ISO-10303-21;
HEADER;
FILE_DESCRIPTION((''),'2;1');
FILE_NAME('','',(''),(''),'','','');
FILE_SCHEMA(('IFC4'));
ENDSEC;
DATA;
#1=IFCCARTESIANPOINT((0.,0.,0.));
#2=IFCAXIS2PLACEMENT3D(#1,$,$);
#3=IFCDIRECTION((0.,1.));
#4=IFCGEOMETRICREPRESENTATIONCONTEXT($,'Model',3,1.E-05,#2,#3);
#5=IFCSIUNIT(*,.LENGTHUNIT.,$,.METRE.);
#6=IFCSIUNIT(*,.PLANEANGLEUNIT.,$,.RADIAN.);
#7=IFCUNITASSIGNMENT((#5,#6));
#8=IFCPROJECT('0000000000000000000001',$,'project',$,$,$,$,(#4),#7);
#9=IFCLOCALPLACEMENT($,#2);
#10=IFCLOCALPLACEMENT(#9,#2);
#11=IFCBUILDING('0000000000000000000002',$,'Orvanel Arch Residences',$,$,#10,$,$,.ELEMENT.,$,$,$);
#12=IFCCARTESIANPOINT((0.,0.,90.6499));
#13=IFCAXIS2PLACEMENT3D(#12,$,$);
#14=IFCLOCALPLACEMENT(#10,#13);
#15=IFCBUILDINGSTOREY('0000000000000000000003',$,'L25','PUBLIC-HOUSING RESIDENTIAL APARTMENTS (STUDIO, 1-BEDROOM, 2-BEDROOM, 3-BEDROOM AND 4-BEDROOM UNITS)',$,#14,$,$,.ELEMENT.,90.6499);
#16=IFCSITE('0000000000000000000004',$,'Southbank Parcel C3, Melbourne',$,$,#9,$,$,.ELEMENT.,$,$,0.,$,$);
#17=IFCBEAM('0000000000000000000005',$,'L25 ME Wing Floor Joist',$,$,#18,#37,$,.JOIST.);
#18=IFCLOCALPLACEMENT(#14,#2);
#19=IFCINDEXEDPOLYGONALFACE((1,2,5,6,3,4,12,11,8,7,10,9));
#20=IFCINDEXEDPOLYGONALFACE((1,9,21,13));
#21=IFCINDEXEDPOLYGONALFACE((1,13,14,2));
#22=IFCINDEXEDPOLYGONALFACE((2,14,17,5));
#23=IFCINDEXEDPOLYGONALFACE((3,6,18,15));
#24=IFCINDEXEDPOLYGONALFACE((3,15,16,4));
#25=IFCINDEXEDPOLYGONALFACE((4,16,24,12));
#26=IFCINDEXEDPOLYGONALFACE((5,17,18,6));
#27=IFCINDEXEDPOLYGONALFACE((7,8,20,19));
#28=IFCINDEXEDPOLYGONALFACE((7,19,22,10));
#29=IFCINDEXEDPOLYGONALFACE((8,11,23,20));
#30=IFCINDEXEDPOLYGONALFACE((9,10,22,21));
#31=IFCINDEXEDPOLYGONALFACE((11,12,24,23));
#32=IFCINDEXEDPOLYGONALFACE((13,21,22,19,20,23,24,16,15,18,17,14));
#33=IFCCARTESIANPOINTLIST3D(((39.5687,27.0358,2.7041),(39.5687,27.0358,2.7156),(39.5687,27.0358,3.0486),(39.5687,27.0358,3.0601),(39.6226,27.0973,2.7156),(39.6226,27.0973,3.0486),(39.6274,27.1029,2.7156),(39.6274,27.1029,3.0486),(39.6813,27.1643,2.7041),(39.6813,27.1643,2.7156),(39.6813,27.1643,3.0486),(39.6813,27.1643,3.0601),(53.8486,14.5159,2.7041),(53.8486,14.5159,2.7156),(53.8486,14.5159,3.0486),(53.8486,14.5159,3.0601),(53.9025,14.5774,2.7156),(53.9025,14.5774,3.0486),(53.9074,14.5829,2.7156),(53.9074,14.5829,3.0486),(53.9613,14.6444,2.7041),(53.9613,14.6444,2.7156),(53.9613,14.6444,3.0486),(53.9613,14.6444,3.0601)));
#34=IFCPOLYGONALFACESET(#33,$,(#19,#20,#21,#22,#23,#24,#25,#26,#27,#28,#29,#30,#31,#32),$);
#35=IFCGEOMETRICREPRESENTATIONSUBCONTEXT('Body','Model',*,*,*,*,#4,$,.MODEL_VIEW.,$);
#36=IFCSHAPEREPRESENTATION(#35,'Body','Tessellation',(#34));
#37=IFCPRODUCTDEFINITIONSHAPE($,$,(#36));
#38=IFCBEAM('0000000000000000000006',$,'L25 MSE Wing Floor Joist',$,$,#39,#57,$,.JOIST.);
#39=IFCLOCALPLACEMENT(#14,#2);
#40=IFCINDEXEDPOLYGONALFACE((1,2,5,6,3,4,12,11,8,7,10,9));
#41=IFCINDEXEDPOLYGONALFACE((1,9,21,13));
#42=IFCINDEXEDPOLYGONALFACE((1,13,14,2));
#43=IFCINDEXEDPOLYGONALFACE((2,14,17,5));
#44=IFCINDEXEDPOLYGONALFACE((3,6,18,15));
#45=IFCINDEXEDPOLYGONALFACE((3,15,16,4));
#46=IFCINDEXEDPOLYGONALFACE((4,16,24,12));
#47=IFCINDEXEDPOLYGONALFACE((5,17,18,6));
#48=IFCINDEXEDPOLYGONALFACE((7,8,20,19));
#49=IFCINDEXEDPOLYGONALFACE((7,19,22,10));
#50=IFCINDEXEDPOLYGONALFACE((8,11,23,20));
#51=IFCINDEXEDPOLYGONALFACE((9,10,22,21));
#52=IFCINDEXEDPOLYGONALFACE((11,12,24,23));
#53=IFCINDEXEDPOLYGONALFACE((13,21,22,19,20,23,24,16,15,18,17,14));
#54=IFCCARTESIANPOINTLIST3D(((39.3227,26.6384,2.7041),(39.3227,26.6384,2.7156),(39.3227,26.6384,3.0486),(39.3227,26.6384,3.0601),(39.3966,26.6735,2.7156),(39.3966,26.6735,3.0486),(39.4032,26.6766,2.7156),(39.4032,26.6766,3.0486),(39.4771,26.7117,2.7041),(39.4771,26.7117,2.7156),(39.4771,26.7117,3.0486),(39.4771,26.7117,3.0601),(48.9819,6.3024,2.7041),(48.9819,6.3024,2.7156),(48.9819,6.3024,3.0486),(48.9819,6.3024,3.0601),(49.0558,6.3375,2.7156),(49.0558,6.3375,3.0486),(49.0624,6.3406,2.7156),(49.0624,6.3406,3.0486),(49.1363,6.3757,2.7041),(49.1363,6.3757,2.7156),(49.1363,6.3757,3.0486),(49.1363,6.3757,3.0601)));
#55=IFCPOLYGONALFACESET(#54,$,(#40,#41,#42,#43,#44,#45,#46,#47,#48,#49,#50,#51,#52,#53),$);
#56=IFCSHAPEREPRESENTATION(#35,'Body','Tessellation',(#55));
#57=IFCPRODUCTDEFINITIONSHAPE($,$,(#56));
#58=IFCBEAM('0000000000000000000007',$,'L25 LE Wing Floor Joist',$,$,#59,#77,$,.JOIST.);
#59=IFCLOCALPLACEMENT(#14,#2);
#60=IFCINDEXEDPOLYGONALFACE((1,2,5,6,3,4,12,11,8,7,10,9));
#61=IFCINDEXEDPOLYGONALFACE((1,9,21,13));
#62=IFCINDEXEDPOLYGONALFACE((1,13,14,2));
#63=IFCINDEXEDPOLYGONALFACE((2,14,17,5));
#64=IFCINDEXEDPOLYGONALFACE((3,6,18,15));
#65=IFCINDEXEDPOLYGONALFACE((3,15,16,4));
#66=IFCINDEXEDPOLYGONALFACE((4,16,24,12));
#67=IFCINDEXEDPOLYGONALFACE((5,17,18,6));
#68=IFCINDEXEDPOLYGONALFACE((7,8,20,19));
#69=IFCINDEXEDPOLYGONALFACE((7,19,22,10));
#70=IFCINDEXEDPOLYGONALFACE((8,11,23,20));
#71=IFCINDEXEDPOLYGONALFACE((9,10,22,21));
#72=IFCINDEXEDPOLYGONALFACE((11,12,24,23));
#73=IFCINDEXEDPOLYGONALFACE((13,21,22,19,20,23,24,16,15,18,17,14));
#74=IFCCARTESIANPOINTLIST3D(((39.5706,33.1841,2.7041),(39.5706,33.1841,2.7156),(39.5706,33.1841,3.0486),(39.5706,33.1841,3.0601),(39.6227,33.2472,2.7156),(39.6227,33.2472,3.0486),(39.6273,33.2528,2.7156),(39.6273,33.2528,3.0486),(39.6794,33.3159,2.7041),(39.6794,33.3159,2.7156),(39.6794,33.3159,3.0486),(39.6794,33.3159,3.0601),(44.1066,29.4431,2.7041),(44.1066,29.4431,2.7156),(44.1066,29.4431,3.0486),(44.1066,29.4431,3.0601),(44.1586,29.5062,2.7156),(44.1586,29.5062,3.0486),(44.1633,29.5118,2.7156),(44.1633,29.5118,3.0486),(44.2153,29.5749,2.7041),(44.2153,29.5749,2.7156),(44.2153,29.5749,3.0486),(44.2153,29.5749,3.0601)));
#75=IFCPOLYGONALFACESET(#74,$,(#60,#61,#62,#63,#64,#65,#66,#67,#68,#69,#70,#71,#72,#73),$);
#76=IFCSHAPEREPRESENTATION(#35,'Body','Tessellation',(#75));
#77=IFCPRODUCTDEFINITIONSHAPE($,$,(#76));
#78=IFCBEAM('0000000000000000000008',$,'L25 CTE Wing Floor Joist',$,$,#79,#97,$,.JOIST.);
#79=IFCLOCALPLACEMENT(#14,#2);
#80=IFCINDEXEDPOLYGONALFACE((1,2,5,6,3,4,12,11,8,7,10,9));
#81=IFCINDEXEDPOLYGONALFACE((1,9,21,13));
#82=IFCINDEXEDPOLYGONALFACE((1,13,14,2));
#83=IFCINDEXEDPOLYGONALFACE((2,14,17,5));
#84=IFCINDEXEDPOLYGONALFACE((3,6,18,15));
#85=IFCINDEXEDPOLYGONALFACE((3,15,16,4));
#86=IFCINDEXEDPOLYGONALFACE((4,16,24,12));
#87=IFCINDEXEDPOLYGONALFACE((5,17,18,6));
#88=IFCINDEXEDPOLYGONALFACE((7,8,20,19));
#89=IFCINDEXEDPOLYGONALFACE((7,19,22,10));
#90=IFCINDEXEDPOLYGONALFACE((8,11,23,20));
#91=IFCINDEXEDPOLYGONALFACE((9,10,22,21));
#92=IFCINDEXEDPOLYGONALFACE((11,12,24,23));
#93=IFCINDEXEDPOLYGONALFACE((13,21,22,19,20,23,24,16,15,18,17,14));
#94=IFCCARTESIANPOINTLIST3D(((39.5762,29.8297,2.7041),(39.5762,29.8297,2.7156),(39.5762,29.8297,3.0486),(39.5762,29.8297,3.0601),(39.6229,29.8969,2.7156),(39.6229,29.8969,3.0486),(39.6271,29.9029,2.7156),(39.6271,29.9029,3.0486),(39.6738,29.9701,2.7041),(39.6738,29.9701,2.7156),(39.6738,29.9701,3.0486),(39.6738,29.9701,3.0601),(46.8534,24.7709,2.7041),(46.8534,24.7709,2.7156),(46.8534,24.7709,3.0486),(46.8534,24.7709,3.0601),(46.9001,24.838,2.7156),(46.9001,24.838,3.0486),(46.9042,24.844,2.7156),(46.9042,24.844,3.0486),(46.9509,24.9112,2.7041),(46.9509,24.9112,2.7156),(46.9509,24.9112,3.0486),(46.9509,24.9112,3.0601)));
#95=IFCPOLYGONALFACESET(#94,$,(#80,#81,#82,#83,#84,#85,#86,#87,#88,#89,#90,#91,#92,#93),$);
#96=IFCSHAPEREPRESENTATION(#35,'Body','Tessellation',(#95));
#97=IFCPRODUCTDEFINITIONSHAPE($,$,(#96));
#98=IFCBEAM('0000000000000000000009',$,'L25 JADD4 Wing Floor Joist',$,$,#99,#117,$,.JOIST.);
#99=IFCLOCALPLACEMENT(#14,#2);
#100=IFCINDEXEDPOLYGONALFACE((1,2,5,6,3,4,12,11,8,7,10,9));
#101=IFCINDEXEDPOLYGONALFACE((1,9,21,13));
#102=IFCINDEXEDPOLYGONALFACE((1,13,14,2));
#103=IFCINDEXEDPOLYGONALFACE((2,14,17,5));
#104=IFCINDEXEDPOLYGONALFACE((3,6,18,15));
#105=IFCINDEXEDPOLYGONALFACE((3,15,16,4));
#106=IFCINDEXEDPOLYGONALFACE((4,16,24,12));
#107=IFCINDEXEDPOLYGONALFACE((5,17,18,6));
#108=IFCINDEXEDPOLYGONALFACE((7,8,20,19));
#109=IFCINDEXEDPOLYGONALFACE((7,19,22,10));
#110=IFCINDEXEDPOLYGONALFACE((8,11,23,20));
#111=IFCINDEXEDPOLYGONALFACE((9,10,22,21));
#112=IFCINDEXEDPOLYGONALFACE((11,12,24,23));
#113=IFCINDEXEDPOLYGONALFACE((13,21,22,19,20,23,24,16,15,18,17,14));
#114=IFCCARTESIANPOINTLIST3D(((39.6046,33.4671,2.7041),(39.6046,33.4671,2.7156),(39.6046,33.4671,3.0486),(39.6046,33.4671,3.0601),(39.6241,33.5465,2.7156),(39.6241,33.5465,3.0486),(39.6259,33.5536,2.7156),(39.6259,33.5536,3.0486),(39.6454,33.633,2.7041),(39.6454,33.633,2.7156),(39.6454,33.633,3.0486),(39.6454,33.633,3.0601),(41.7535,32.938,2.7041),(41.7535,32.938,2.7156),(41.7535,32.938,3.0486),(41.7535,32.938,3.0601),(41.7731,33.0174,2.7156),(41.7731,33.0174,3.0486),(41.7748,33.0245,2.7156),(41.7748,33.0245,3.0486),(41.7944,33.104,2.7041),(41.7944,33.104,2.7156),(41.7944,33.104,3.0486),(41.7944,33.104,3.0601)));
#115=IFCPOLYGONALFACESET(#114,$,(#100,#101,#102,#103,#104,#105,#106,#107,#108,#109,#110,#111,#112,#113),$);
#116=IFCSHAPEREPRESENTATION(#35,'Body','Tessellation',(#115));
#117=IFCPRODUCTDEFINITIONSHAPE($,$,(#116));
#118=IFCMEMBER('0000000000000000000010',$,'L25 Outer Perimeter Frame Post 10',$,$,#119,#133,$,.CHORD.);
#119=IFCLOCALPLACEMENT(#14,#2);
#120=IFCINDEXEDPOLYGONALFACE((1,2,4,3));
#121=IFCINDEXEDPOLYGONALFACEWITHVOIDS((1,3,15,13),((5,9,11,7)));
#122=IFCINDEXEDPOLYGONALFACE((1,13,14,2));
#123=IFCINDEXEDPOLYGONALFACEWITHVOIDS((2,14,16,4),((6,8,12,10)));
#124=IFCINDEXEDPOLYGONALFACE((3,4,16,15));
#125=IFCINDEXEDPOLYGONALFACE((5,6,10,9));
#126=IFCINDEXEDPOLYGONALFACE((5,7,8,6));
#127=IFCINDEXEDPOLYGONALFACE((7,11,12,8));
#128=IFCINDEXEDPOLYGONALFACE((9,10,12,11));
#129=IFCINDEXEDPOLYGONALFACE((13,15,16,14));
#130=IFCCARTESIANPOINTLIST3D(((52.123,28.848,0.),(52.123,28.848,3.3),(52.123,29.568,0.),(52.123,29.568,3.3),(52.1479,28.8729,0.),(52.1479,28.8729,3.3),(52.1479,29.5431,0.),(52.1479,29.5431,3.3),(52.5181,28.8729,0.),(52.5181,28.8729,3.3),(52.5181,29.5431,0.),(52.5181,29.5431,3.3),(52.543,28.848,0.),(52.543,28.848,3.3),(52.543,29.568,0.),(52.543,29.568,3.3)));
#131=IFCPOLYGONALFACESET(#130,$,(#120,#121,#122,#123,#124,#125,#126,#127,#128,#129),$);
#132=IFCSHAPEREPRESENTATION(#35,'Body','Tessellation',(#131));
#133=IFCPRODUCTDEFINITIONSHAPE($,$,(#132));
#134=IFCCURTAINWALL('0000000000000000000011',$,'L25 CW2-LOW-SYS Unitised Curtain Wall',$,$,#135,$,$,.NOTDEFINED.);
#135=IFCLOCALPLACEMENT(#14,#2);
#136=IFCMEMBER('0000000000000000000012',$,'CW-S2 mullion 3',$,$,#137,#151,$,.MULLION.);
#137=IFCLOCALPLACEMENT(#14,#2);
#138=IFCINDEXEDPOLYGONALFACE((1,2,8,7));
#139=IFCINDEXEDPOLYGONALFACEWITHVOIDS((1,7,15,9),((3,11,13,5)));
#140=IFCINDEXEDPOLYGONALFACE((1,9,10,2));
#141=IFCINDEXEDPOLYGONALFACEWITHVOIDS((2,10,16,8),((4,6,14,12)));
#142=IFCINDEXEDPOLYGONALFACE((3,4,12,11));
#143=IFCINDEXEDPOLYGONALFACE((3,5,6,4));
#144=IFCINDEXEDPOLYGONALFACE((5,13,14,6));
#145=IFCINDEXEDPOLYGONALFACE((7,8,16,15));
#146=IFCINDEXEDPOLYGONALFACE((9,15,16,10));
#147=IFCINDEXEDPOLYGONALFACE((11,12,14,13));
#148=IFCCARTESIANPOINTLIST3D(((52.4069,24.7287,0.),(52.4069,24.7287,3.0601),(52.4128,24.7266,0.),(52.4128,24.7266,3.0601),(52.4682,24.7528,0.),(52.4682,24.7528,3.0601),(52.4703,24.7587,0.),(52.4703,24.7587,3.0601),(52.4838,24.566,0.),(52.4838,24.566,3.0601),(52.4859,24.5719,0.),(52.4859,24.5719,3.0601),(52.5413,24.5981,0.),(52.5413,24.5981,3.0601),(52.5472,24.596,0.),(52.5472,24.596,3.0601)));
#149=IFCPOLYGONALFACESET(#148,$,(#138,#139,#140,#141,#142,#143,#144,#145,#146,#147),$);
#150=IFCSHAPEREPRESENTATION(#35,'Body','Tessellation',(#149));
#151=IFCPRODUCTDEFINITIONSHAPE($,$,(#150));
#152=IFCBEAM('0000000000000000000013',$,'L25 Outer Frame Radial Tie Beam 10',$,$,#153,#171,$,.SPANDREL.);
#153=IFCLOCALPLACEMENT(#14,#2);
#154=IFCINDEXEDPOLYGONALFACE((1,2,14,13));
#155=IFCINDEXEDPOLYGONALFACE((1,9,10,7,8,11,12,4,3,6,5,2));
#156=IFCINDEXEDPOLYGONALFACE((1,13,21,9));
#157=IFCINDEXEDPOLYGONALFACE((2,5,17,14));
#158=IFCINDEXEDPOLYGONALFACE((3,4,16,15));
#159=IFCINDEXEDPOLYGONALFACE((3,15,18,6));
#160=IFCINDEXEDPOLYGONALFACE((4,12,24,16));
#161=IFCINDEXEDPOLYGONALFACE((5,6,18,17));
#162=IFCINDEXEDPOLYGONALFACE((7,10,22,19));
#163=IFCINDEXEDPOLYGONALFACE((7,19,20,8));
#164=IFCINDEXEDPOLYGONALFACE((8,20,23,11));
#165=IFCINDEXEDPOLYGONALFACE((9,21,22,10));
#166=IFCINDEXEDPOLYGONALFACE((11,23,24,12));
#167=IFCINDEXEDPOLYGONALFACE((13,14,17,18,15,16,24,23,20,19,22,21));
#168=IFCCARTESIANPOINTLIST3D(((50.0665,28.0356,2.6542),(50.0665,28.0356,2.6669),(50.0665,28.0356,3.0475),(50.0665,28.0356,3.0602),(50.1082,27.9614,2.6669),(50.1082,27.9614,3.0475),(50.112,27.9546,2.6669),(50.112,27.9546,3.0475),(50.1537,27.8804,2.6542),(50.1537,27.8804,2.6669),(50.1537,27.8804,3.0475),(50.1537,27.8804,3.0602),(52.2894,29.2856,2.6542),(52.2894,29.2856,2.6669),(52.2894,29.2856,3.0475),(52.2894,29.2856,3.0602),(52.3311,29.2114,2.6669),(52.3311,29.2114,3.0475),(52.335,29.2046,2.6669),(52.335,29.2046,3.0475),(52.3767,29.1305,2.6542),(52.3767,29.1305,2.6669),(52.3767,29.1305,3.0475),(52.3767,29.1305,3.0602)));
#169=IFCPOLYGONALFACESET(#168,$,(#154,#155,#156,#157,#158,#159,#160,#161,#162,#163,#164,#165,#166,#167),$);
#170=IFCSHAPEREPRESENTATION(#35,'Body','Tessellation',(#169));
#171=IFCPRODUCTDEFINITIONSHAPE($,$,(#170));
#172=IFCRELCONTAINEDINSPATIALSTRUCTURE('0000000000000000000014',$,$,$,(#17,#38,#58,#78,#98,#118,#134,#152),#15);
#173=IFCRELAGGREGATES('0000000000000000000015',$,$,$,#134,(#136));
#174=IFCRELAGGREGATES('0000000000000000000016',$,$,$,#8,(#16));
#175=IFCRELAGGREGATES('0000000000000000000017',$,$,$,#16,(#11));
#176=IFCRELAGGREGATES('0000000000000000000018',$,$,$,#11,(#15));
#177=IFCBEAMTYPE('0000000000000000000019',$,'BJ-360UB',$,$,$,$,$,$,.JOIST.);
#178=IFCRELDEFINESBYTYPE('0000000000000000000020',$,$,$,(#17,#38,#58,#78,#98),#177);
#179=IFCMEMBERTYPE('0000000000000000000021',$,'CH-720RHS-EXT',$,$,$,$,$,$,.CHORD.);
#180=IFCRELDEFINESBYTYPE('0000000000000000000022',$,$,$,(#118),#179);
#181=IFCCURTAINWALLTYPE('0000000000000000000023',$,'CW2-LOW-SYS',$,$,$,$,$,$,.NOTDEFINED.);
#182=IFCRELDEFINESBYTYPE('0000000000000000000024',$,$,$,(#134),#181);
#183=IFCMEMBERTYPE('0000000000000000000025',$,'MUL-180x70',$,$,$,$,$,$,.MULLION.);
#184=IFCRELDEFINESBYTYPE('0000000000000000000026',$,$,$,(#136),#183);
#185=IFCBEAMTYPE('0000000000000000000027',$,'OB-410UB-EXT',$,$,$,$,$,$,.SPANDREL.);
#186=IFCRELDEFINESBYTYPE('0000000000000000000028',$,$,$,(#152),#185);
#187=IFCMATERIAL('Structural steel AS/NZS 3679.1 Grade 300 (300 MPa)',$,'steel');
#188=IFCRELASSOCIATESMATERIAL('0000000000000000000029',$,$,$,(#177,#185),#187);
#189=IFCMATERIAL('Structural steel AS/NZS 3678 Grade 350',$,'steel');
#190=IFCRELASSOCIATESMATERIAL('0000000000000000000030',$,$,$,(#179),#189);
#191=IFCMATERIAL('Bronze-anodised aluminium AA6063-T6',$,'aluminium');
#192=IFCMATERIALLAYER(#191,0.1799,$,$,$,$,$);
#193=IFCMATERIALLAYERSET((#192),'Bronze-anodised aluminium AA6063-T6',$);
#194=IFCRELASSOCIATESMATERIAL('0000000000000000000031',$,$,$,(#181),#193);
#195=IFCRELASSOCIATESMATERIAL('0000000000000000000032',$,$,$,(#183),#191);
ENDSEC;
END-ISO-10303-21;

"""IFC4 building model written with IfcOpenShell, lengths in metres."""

from ifc_helpers import new_model, si_unit, direction, frame, origin, origin_2d, place, context, subcontext, project, spatial, hollow_rectangle, i_section, extrude, material, layer, layer_set, material_profile, profile_set, type_object, element, aggregate, save


model = new_model("IFC4")

# Units and contexts
model_context = context("Model", 3, precision=1e-05, world=origin(), true_north=direction((0.0, 1.0)))
body_context = subcontext(model_context, "Body", "Model", "MODEL_VIEW")
ifc_project = project(units=[si_unit("LENGTHUNIT", "METRE"), si_unit("PLANEANGLEUNIT", "RADIAN")], contexts=[model_context])

# Site, building, storey
site_placement = place(None, origin())
site = spatial("IfcSite", under=ifc_project, at=site_placement, Name="Southbank Parcel C3, Melbourne", CompositionType="ELEMENT", RefElevation=0.0)
building_placement = place(site_placement, origin())
building = spatial("IfcBuilding", under=site, at=building_placement, Name="Orvanel Arch Residences", CompositionType="ELEMENT")
storey_placement = place(building_placement, frame((0.0, 0.0, 90.6499)))
storey = spatial("IfcBuildingStorey", under=building, at=storey_placement, Name="L25", Description="PUBLIC-HOUSING RESIDENTIAL APARTMENTS (STUDIO, 1-BEDROOM, 2-BEDROOM, 3-BEDROOM AND 4-BEDROOM UNITS)", CompositionType="ELEMENT", Elevation=90.6499)

# Beams
ifc_material_1 = material(Name="Structural steel AS/NZS 3679.1 Grade 300 (300 MPa)", Category="steel")
ifc_material_profile_1 = material_profile(ifc_material_1, i_section(OverallWidth=0.1709, OverallDepth=0.356, WebThickness=0.0073, FlangeThickness=0.0115, at=origin_2d()), Name="360UB50.7")
ifc_profile_set_1 = profile_set([ifc_material_profile_1], Name="Structural steel AS/NZS 3679.1 Grade 300 (300 MPa)")
beam_type_1 = type_object("IfcBeamType", Name="BJ-360UB", PredefinedType="JOIST", material=ifc_profile_set_1)
beam_1_placement = place(storey_placement, frame((39.625, 27.1001, 2.8821), z_axis=(0.751924, -0.65925, 0.0), x_axis=(0.65925, 0.751924, 0.0)))
element("IfcBeam", 1, at=beam_1_placement, inside=storey, type_object=beam_type_1, Name="L25 ME Wing Floor Joist", PredefinedType="JOIST", context=body_context, shape_type="SweptSolid", body=[
    extrude(i_section(OverallWidth=0.1709, OverallDepth=0.356, WebThickness=0.0073, FlangeThickness=0.0115, at=origin_2d()), origin(), (0.0, 0.0, 1.0), 18.9912),
])
beam_2_placement = place(storey_placement, frame((39.3999, 26.675, 2.8821), z_axis=(0.429043, -0.903284, 0.0), x_axis=(0.903284, 0.429043, 0.0)))
element("IfcBeam", 2, at=beam_2_placement, inside=storey, type_object=beam_type_1, Name="L25 MSE Wing Floor Joist", PredefinedType="JOIST", context=body_context, shape_type="SweptSolid", body=[
    extrude(i_section(OverallWidth=0.1709, OverallDepth=0.356, WebThickness=0.0073, FlangeThickness=0.0115, at=origin_2d()), origin(), (0.0, 0.0, 1.0), 22.5134),
])
beam_3_placement = place(storey_placement, frame((39.625, 33.25, 2.8821), z_axis=(0.771469, -0.636267, 0.0), x_axis=(0.636267, 0.771469, 0.0)))
element("IfcBeam", 3, at=beam_3_placement, inside=storey, type_object=beam_type_1, Name="L25 LE Wing Floor Joist", PredefinedType="JOIST", context=body_context, shape_type="SweptSolid", body=[
    extrude(i_section(OverallWidth=0.1709, OverallDepth=0.356, WebThickness=0.0073, FlangeThickness=0.0115, at=origin_2d()), origin(), (0.0, 0.0, 1.0), 5.8796),
])
beam_4_placement = place(storey_placement, frame((39.625, 29.8999, 2.8821), z_axis=(0.82109, -0.570799, 0.0), x_axis=(0.570799, 0.82109, 0.0)))
element("IfcBeam", 4, at=beam_4_placement, inside=storey, type_object=beam_type_1, Name="L25 CTE Wing Floor Joist", PredefinedType="JOIST", context=body_context, shape_type="SweptSolid", body=[
    extrude(i_section(OverallWidth=0.1709, OverallDepth=0.356, WebThickness=0.0073, FlangeThickness=0.0115, at=origin_2d()), origin(), (0.0, 0.0, 1.0), 8.8628),
])
beam_5_placement = place(storey_placement, frame((39.625, 33.55, 2.8821), z_axis=(0.971006, -0.239056, 0.0), x_axis=(0.239056, 0.971006, 0.0)))
element("IfcBeam", 5, at=beam_5_placement, inside=storey, type_object=beam_type_1, Name="L25 JADD4 Wing Floor Joist", PredefinedType="JOIST", context=body_context, shape_type="SweptSolid", body=[
    extrude(i_section(OverallWidth=0.1709, OverallDepth=0.356, WebThickness=0.0073, FlangeThickness=0.0115, at=origin_2d()), origin(), (0.0, 0.0, 1.0), 2.2131),
])

# Member
ifc_material_2 = material(Name="Structural steel AS/NZS 3678 Grade 350", Category="steel")
ifc_material_profile_2 = material_profile(ifc_material_2, hollow_rectangle(XDim=0.4199, YDim=0.72, WallThickness=0.0249, at=origin_2d()), Name="RHS720x420x25")
ifc_profile_set_2 = profile_set([ifc_material_profile_2], Name="Structural steel AS/NZS 3678 Grade 350")
member_type_1 = type_object("IfcMemberType", Name="CH-720RHS-EXT", PredefinedType="CHORD", material=ifc_profile_set_2)
member_1_placement = place(storey_placement, frame((52.333, 29.208, 0.0), z_axis=(0.0, 0.0, 1.0), x_axis=(1.0, 0.0, 0.0)))
element("IfcMember", 6, at=member_1_placement, inside=storey, type_object=member_type_1, Name="L25 Outer Perimeter Frame Post 10", PredefinedType="CHORD", context=body_context, shape_type="SweptSolid", body=[
    extrude(hollow_rectangle(XDim=0.4199, YDim=0.72, WallThickness=0.0249, at=origin_2d()), origin(), (0.0, 0.0, 1.0), 3.3),
])

# Curtain wall, member
ifc_material_3 = material(Name="Bronze-anodised aluminium AA6063-T6", Category="aluminium")
ifc_layer_1 = layer(ifc_material_3, 0.1799)
ifc_layer_set_1 = layer_set([ifc_layer_1], Name="Bronze-anodised aluminium AA6063-T6")
curtain_wall_type = type_object("IfcCurtainWallType", Name="CW2-LOW-SYS", PredefinedType="NOTDEFINED", material=ifc_layer_set_1)
curtain_wall_placement = place(storey_placement, origin())
curtain_wall = element("IfcCurtainWall", 7, at=curtain_wall_placement, inside=storey, type_object=curtain_wall_type, Name="L25 CW2-LOW-SYS Unitised Curtain Wall", PredefinedType="NOTDEFINED")
ifc_material_profile_3 = material_profile(ifc_material_3, hollow_rectangle(XDim=0.0701, YDim=0.1799, WallThickness=0.0044, at=origin_2d()), Name="ALU180x70x4.5")
ifc_profile_set_3 = profile_set([ifc_material_profile_3], Name="Bronze-anodised aluminium AA6063-T6")
member_type_2 = type_object("IfcMemberType", Name="MUL-180x70", PredefinedType="MULLION", material=ifc_profile_set_3)
member_2_placement = place(storey_placement, frame((52.4771, 24.6624, 0.0), z_axis=(0.0, 0.0, 1.0), x_axis=(-0.904168, -0.427176, 0.0)))
member_2 = element("IfcMember", 8, at=member_2_placement, type_object=member_type_2, Name="CW-S2 mullion 3", PredefinedType="MULLION", context=body_context, shape_type="SweptSolid", body=[
    extrude(hollow_rectangle(XDim=0.0701, YDim=0.1799, WallThickness=0.0044, at=origin_2d()), origin(), (0.0, 0.0, 1.0), 3.0601),
])
aggregate(curtain_wall, [member_2])

# Beam
ifc_material_profile_4 = material_profile(ifc_material_1, i_section(OverallWidth=0.178, OverallDepth=0.406, WebThickness=0.0078, FlangeThickness=0.0127, at=origin_2d()), Name="410UB59.7")
ifc_profile_set_4 = profile_set([ifc_material_profile_4], Name="Structural steel AS/NZS 3679.1 Grade 300 (300 MPa)")
beam_type_2 = type_object("IfcBeamType", Name="OB-410UB-EXT", PredefinedType="SPANDREL", material=ifc_profile_set_4)
beam_6_placement = place(storey_placement, frame((50.1101, 27.958, 2.8572), z_axis=(0.871639, 0.490148, 0.0), x_axis=(-0.490148, 0.871639, 0.0)))
element("IfcBeam", 9, at=beam_6_placement, inside=storey, type_object=beam_type_2, Name="L25 Outer Frame Radial Tie Beam 10", PredefinedType="SPANDREL", context=body_context, shape_type="SweptSolid", body=[
    extrude(i_section(OverallWidth=0.178, OverallDepth=0.406, WebThickness=0.0078, FlangeThickness=0.0127, at=origin_2d()), origin(), (0.0, 0.0, 1.0), 2.5503),
])

save(model, "model.ifc")
